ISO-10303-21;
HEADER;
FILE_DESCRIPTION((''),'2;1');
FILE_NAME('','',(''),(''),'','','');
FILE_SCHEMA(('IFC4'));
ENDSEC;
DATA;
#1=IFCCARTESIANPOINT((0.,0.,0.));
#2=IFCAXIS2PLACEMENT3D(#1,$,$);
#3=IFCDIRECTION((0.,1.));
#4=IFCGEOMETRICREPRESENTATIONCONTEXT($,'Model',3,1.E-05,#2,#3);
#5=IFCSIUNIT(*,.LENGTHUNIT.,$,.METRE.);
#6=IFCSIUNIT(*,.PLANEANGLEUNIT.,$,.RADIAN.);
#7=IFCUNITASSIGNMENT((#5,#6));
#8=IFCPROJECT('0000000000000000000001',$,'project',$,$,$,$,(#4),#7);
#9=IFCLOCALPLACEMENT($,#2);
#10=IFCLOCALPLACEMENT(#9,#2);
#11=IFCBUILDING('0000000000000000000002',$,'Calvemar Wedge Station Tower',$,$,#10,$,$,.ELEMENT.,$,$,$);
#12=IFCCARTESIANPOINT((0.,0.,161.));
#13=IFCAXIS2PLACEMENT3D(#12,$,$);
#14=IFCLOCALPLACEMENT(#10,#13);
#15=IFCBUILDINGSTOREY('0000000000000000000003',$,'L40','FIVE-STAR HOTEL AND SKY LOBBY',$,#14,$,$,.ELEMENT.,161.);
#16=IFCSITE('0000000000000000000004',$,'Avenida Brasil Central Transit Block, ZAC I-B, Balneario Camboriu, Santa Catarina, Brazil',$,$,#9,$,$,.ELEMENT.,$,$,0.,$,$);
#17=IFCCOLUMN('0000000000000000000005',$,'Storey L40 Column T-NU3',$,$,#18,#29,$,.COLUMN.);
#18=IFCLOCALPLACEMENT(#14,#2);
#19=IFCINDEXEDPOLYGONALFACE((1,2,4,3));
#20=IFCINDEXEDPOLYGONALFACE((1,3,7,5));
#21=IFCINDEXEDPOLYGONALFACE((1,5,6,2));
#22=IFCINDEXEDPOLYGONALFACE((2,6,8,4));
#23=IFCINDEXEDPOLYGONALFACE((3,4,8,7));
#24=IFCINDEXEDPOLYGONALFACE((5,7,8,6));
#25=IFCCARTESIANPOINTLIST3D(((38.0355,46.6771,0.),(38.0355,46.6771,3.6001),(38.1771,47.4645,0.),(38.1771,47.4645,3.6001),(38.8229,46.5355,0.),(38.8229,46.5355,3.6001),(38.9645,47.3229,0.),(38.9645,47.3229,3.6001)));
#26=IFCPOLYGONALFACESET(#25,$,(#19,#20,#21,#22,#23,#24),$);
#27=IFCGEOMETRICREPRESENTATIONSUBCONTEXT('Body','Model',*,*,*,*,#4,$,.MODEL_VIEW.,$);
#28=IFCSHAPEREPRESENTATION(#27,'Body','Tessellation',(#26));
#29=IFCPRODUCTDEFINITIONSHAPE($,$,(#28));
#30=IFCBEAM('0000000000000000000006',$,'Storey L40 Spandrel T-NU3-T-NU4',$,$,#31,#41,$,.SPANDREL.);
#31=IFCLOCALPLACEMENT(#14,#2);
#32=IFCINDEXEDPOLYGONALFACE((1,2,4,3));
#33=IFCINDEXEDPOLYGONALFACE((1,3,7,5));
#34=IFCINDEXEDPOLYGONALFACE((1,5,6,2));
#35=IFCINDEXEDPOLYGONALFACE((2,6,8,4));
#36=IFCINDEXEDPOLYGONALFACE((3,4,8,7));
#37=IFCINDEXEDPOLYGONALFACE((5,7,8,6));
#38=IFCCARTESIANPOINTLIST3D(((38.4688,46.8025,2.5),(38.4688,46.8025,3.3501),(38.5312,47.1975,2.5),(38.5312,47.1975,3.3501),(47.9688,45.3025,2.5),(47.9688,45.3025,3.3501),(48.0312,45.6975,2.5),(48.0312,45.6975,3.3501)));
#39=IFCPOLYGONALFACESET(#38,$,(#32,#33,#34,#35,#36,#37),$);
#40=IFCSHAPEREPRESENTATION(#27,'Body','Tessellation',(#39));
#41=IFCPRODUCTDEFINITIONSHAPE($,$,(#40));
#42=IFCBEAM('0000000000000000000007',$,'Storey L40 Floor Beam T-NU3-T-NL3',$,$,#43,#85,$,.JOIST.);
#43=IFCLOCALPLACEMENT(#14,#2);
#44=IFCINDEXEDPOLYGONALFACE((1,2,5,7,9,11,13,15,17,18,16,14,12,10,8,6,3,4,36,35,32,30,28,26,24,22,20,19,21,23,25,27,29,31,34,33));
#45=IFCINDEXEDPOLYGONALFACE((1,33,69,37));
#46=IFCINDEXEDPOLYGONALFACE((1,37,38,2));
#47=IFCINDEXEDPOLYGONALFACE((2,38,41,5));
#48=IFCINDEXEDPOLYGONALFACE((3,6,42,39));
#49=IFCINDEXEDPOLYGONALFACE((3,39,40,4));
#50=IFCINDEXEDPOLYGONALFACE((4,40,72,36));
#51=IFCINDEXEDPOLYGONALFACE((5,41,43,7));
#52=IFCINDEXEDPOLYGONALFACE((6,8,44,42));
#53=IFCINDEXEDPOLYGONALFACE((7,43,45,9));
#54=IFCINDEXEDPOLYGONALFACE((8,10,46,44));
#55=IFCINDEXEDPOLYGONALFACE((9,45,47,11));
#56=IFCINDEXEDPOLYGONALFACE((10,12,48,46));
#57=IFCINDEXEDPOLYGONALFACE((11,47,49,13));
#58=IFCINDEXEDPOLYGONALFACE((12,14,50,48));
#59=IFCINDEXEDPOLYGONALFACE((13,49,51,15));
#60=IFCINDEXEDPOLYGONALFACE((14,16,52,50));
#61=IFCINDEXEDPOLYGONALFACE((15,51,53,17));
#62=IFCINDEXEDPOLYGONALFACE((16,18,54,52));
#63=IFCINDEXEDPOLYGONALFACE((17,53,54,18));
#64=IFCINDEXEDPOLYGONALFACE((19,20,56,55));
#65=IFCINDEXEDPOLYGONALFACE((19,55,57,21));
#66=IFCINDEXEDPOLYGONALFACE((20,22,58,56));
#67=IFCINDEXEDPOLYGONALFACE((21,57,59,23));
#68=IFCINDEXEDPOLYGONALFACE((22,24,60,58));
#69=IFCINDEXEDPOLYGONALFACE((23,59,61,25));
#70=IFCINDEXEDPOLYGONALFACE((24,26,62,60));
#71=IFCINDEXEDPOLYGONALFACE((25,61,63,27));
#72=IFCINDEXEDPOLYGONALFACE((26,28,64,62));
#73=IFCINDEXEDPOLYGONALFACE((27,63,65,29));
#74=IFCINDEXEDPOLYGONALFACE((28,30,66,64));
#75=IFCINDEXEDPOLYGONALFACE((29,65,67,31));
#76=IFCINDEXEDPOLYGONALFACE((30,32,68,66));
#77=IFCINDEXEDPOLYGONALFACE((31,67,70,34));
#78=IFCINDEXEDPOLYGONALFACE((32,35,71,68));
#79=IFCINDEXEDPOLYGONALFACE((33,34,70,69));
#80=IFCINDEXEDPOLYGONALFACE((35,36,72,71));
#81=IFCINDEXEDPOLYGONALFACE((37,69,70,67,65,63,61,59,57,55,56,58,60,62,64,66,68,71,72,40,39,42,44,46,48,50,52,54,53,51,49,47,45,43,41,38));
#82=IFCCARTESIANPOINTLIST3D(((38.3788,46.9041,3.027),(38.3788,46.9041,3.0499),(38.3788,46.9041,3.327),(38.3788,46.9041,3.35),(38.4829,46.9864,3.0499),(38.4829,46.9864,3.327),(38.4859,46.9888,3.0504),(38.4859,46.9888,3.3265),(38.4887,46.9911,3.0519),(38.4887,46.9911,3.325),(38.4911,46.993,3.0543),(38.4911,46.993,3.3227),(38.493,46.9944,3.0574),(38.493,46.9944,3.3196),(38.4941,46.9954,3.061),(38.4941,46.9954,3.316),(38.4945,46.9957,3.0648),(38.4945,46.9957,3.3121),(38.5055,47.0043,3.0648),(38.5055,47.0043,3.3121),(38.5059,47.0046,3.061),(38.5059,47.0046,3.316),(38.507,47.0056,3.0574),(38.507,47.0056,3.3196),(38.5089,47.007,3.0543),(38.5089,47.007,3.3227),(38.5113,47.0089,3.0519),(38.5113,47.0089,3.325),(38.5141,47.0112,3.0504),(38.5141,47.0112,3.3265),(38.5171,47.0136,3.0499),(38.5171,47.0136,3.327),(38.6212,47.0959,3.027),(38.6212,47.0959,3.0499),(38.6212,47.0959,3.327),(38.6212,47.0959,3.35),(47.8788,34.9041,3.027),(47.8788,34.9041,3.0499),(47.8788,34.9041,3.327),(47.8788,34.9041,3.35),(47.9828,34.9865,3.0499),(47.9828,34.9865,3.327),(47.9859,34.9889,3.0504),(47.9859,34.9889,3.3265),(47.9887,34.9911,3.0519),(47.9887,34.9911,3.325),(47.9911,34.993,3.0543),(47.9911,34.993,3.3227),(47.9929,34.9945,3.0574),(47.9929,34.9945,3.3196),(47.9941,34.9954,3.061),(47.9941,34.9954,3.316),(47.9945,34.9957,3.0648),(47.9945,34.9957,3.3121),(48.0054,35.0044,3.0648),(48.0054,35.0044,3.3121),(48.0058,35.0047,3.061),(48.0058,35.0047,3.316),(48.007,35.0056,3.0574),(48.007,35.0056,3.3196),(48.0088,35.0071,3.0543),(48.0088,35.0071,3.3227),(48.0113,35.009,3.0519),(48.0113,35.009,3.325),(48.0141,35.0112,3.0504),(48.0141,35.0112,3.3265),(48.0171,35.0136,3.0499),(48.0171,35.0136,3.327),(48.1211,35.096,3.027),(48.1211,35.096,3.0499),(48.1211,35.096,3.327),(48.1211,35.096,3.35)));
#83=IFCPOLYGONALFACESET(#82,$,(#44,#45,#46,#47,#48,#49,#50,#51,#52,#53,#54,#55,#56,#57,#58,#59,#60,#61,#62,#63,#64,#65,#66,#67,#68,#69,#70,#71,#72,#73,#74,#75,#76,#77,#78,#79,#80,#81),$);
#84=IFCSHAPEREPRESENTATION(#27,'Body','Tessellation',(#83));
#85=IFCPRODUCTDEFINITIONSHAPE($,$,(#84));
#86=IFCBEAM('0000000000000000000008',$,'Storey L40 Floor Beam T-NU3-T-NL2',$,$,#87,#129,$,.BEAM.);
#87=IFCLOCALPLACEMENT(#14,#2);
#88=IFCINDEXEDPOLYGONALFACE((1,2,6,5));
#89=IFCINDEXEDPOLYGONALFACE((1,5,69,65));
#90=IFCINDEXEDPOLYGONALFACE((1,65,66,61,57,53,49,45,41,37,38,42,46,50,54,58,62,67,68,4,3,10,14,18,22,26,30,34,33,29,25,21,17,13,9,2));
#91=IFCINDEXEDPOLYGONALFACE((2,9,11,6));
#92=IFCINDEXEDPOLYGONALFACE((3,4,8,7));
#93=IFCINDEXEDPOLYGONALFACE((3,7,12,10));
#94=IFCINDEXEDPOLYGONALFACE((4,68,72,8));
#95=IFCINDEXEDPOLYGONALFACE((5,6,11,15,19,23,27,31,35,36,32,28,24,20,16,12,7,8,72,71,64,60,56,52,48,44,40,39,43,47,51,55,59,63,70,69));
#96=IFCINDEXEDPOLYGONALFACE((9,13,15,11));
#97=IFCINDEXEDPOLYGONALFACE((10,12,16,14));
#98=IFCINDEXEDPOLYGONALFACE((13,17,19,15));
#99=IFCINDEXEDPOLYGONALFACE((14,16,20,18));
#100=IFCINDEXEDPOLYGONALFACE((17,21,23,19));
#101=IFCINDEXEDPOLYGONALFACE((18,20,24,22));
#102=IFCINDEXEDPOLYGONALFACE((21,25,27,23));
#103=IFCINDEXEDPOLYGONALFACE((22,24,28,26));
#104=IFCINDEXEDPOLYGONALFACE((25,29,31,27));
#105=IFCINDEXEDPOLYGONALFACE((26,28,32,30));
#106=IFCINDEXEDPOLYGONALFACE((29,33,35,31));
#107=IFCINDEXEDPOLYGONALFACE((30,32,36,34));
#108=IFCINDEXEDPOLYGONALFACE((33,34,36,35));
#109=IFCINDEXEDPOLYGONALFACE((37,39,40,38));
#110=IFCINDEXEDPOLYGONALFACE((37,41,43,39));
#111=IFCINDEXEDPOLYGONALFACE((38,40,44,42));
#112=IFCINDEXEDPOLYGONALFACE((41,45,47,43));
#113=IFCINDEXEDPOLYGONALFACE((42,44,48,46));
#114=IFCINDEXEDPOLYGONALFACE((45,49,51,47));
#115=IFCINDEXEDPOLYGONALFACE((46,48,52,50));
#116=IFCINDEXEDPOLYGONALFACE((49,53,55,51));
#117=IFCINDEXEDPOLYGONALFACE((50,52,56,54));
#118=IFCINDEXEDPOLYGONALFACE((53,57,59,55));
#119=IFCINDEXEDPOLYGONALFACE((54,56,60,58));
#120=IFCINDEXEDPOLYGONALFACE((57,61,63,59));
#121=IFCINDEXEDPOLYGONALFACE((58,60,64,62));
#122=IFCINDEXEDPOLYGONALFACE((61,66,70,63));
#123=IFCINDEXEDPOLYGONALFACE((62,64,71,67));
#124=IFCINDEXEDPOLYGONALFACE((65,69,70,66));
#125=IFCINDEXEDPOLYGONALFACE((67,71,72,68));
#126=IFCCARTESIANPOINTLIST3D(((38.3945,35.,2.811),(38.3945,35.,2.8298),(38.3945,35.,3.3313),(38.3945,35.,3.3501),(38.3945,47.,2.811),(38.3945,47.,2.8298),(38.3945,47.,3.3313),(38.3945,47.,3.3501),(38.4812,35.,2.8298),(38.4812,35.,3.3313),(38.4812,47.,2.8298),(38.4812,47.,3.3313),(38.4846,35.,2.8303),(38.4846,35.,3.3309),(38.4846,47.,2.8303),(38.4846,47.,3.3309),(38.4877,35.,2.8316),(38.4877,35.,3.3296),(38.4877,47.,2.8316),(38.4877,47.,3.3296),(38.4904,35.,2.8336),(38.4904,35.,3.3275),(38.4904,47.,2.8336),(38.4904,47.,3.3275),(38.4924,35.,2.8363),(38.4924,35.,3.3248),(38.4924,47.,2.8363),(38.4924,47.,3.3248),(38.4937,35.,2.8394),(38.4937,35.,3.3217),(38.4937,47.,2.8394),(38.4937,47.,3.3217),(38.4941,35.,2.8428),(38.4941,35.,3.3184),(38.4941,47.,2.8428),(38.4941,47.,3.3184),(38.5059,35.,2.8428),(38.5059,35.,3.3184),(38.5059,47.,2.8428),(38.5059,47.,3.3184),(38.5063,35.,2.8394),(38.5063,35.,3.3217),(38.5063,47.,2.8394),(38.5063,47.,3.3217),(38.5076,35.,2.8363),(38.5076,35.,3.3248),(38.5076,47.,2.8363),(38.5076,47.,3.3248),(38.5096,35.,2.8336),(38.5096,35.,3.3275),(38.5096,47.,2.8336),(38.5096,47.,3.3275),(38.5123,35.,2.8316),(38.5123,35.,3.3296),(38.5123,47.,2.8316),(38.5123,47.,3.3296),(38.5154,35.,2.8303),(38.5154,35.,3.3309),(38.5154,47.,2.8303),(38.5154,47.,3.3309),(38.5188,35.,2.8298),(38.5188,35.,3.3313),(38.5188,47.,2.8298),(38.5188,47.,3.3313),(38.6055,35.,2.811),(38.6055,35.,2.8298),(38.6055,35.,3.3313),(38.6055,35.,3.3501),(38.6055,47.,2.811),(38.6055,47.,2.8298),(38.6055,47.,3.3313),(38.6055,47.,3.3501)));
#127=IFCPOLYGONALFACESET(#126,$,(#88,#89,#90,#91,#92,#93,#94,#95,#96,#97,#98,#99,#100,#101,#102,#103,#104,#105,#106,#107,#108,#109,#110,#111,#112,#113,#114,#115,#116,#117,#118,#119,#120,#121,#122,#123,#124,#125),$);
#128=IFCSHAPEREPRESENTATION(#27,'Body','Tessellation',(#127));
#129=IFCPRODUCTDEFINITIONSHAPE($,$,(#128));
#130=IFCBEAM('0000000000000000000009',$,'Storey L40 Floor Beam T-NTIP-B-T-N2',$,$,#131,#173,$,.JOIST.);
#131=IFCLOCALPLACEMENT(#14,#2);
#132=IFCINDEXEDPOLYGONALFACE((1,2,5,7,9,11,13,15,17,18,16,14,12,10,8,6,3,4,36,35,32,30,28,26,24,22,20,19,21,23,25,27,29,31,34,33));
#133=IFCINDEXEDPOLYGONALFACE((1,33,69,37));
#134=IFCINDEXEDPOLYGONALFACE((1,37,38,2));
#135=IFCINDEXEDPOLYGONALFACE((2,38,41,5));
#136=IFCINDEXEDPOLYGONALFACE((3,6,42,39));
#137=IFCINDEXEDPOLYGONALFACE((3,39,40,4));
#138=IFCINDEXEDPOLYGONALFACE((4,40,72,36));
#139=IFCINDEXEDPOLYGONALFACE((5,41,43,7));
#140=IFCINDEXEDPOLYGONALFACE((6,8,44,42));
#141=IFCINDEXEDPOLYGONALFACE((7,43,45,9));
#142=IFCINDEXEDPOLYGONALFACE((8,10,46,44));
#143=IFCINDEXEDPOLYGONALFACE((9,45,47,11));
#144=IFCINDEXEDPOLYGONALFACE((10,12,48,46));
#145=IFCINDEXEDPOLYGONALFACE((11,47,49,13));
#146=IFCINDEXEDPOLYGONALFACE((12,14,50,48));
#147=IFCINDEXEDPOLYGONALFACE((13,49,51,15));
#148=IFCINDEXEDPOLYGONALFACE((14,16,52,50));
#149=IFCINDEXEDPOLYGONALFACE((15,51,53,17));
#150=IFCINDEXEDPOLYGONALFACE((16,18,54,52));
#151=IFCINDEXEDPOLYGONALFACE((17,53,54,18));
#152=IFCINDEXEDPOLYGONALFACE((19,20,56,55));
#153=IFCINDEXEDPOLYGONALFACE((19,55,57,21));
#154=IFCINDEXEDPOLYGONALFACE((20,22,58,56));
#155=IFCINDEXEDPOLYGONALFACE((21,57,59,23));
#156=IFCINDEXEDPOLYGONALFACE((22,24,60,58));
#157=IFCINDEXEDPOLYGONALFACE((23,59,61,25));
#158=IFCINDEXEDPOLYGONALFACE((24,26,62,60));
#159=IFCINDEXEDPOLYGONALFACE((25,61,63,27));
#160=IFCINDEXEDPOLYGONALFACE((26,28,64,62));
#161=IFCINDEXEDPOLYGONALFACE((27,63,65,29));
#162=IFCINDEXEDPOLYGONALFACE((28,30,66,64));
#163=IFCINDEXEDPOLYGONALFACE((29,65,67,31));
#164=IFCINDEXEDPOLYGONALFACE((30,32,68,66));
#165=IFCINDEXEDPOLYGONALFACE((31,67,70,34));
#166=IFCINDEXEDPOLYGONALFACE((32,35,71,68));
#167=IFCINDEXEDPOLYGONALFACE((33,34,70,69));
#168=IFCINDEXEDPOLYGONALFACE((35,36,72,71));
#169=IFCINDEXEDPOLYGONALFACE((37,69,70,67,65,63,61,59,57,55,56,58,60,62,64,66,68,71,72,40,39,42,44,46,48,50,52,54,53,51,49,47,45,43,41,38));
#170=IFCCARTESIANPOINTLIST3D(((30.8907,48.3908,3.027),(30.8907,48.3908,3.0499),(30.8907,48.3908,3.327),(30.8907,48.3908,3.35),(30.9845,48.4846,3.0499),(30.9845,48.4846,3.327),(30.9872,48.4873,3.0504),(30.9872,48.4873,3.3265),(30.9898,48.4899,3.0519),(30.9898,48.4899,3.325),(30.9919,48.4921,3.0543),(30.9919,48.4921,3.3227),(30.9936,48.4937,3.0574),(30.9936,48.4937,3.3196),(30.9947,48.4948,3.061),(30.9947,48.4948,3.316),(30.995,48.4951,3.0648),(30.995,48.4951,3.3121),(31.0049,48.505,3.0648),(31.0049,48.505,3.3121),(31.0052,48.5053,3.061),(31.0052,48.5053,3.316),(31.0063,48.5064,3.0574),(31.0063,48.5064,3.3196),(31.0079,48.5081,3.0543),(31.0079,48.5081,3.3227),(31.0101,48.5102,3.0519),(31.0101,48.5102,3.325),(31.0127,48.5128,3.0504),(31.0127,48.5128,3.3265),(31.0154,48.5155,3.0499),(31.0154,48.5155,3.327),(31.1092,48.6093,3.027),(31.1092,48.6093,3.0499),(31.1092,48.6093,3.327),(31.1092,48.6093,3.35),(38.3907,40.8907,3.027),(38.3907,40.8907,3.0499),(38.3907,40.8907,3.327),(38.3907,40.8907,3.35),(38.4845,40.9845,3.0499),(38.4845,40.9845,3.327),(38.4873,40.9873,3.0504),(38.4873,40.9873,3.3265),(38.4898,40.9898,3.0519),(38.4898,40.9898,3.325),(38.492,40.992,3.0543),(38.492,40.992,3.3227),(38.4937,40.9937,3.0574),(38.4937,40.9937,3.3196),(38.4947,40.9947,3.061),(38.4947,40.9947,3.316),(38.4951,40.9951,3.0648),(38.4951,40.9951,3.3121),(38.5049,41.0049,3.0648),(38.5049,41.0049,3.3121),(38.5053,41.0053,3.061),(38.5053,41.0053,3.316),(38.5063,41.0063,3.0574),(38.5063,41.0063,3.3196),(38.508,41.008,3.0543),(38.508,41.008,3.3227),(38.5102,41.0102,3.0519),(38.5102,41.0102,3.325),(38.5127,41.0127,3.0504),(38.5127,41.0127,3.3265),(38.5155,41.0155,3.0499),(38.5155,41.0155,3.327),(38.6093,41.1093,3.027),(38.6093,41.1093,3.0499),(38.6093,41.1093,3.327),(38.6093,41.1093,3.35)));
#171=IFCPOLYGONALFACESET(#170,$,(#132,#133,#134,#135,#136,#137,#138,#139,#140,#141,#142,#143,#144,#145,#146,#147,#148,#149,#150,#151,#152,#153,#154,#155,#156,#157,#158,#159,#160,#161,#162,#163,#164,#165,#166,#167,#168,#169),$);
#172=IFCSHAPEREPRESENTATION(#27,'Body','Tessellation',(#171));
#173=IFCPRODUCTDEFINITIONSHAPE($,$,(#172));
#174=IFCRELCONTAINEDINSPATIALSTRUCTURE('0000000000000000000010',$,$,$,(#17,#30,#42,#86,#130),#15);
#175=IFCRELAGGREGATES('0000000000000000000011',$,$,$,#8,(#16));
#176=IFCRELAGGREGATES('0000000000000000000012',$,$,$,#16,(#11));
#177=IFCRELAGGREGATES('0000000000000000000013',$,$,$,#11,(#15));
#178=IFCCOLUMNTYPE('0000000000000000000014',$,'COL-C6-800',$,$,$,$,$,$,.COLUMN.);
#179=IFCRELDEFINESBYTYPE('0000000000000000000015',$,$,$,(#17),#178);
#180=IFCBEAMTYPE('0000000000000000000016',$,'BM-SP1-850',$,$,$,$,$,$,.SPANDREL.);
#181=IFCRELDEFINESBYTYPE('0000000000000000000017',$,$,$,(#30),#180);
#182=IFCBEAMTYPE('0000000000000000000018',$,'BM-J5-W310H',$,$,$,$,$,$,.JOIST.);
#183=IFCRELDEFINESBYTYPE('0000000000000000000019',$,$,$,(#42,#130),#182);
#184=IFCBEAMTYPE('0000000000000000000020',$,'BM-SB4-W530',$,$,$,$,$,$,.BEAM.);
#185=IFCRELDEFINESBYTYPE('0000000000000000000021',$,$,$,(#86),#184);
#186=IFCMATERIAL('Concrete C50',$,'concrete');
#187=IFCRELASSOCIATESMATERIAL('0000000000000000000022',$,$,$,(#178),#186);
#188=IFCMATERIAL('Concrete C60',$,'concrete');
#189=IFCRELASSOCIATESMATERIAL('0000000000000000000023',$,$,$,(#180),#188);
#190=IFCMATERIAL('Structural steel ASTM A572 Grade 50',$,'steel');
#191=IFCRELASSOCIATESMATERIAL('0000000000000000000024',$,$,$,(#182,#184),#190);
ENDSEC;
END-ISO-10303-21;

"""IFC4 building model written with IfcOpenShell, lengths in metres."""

from ifc_helpers import new_model, si_unit, direction, frame, origin, origin_2d, place, context, subcontext, project, spatial, rectangle, i_section, extrude, source, transform, mapped, material, material_profile, profile_set, type_object, element, save


model = new_model("IFC4")

# Units and contexts
model_context = context("Model", 3, precision=1e-05, world=origin(), true_north=direction((0.0, 1.0)))
body_context = subcontext(model_context, "Body", "Model", "MODEL_VIEW")
ifc_project = project(units=[si_unit("LENGTHUNIT", "METRE"), si_unit("PLANEANGLEUNIT", "RADIAN")], contexts=[model_context])

# Site, building, storey
site_placement = place(None, origin())
site = spatial("IfcSite", under=ifc_project, at=site_placement, Name="Avenida Brasil Central Transit Block, ZAC I-B, Balneario Camboriu, Santa Catarina, Brazil", CompositionType="ELEMENT", RefElevation=0.0)
building_placement = place(site_placement, origin())
building = spatial("IfcBuilding", under=site, at=building_placement, Name="Calvemar Wedge Station Tower", CompositionType="ELEMENT")
storey_placement = place(building_placement, frame((0.0, 0.0, 161.0)))
storey = spatial("IfcBuildingStorey", under=building, at=storey_placement, Name="L40", Description="FIVE-STAR HOTEL AND SKY LOBBY", CompositionType="ELEMENT", Elevation=161.0)

# Column
ifc_material_1 = material(Name="Concrete C50", Category="concrete")
ifc_material_profile_1 = material_profile(ifc_material_1, rectangle(XDim=0.8, YDim=0.8, at=origin_2d()), Name="RC800x800")
ifc_profile_set_1 = profile_set([ifc_material_profile_1], Name="Concrete C50")
column_type = type_object("IfcColumnType", Name="COL-C6-800", PredefinedType="COLUMN", material=ifc_profile_set_1)
shared_shape_1 = source(origin(), body_context, "Body", "SweptSolid", [
    extrude(rectangle(XDim=0.8, YDim=0.8, at=origin_2d()), origin(), (0.0, 0.0, 1.0), 3.6001),
])
column_placement = place(storey_placement, frame((38.5, 47.0, 0.0), z_axis=(0.0, 0.0, 1.0), x_axis=(0.984196, -0.177085, 0.0)))
element("IfcColumn", 1, at=column_placement, inside=storey, type_object=column_type, Name="Storey L40 Column T-NU3", PredefinedType="COLUMN", context=body_context, shape_type="MappedRepresentation", body=[
    mapped(shared_shape_1, transform((0.0, 0.0, 0.0), scale=1.0)),
])

# Beams
ifc_material_2 = material(Name="Concrete C60", Category="concrete")
ifc_material_profile_2 = material_profile(ifc_material_2, rectangle(XDim=0.3999, YDim=0.8501, at=origin_2d()), Name="RC400x850")
ifc_profile_set_2 = profile_set([ifc_material_profile_2], Name="Concrete C60")
beam_type_1 = type_object("IfcBeamType", Name="BM-SP1-850", PredefinedType="SPANDREL", material=ifc_profile_set_2)
shared_shape_2 = source(origin(), body_context, "Body", "SweptSolid", [
    extrude(rectangle(XDim=0.3999, YDim=0.8501, at=origin_2d()), origin(), (0.0, 0.0, 1.0), 9.6177),
])
beam_1_placement = place(storey_placement, frame((38.5, 47.0, 2.925), z_axis=(0.987763, -0.155963, 0.0), x_axis=(0.155963, 0.987763, 0.0)))
element("IfcBeam", 2, at=beam_1_placement, inside=storey, type_object=beam_type_1, Name="Storey L40 Spandrel T-NU3-T-NU4", PredefinedType="SPANDREL", context=body_context, shape_type="MappedRepresentation", body=[
    mapped(shared_shape_2, transform((0.0, 0.0, 0.0), scale=1.0)),
])
ifc_material_3 = material(Name="Structural steel ASTM A572 Grade 50", Category="steel")
ifc_material_profile_3 = material_profile(ifc_material_3, i_section(OverallWidth=0.3091, OverallDepth=0.323, WebThickness=0.0139, FlangeThickness=0.0229, FilletRadius=0.0149, at=origin_2d()), Name="W310x143")
ifc_profile_set_3 = profile_set([ifc_material_profile_3], Name="Structural steel ASTM A572 Grade 50")
beam_type_2 = type_object("IfcBeamType", Name="BM-J5-W310H", PredefinedType="JOIST", material=ifc_profile_set_3)
shared_shape_3 = source(origin(), body_context, "Body", "SweptSolid", [
    extrude(i_section(OverallWidth=0.3091, OverallDepth=0.323, WebThickness=0.0139, FlangeThickness=0.0229, FilletRadius=0.0149, at=origin_2d()), origin(), (0.0, 0.0, 1.0), 15.3052),
])
beam_2_placement = place(storey_placement, frame((38.5, 47.0, 3.1885), z_axis=(0.620703, -0.784046, 0.0), x_axis=(0.784046, 0.620703, 0.0)))
element("IfcBeam", 3, at=beam_2_placement, inside=storey, type_object=beam_type_2, Name="Storey L40 Floor Beam T-NU3-T-NL3", PredefinedType="JOIST", context=body_context, shape_type="MappedRepresentation", body=[
    mapped(shared_shape_3, transform((0.0, 0.0, 0.0), scale=1.0)),
])
ifc_material_profile_4 = material_profile(ifc_material_3, i_section(OverallWidth=0.2109, OverallDepth=0.5391, WebThickness=0.0117, FlangeThickness=0.0188, FilletRadius=0.0129, at=origin_2d()), Name="W530x109")
ifc_profile_set_4 = profile_set([ifc_material_profile_4], Name="Structural steel ASTM A572 Grade 50")
beam_type_3 = type_object("IfcBeamType", Name="BM-SB4-W530", PredefinedType="BEAM", material=ifc_profile_set_4)
shared_shape_4 = source(origin(), body_context, "Body", "SweptSolid", [
    extrude(i_section(OverallWidth=0.2109, OverallDepth=0.5391, WebThickness=0.0117, FlangeThickness=0.0188, FilletRadius=0.0129, at=origin_2d()), origin(), (0.0, 0.0, 1.0), 12.0),
])
beam_3_placement = place(storey_placement, frame((38.5, 47.0, 3.0806), z_axis=(0.0, -1.0, 0.0), x_axis=(1.0, 0.0, 0.0)))
element("IfcBeam", 4, at=beam_3_placement, inside=storey, type_object=beam_type_3, Name="Storey L40 Floor Beam T-NU3-T-NL2", PredefinedType="BEAM", context=body_context, shape_type="MappedRepresentation", body=[
    mapped(shared_shape_4, transform((0.0, 0.0, 0.0), scale=1.0)),
])
shared_shape_5 = source(origin(), body_context, "Body", "SweptSolid", [
    extrude(i_section(OverallWidth=0.3091, OverallDepth=0.323, WebThickness=0.0139, FlangeThickness=0.0229, FilletRadius=0.0149, at=origin_2d()), origin(), (0.0, 0.0, 1.0), 10.6067),
])
beam_4_placement = place(storey_placement, frame((38.5, 41.0, 3.1885), z_axis=(-0.707107, 0.707107, 0.0), x_axis=(-0.707107, -0.707107, 0.0)))
element("IfcBeam", 5, at=beam_4_placement, inside=storey, type_object=beam_type_2, Name="Storey L40 Floor Beam T-NTIP-B-T-N2", PredefinedType="JOIST", context=body_context, shape_type="MappedRepresentation", body=[
    mapped(shared_shape_5, transform((0.0, 0.0, 0.0), scale=1.0)),
])

save(model, "model.ifc")
